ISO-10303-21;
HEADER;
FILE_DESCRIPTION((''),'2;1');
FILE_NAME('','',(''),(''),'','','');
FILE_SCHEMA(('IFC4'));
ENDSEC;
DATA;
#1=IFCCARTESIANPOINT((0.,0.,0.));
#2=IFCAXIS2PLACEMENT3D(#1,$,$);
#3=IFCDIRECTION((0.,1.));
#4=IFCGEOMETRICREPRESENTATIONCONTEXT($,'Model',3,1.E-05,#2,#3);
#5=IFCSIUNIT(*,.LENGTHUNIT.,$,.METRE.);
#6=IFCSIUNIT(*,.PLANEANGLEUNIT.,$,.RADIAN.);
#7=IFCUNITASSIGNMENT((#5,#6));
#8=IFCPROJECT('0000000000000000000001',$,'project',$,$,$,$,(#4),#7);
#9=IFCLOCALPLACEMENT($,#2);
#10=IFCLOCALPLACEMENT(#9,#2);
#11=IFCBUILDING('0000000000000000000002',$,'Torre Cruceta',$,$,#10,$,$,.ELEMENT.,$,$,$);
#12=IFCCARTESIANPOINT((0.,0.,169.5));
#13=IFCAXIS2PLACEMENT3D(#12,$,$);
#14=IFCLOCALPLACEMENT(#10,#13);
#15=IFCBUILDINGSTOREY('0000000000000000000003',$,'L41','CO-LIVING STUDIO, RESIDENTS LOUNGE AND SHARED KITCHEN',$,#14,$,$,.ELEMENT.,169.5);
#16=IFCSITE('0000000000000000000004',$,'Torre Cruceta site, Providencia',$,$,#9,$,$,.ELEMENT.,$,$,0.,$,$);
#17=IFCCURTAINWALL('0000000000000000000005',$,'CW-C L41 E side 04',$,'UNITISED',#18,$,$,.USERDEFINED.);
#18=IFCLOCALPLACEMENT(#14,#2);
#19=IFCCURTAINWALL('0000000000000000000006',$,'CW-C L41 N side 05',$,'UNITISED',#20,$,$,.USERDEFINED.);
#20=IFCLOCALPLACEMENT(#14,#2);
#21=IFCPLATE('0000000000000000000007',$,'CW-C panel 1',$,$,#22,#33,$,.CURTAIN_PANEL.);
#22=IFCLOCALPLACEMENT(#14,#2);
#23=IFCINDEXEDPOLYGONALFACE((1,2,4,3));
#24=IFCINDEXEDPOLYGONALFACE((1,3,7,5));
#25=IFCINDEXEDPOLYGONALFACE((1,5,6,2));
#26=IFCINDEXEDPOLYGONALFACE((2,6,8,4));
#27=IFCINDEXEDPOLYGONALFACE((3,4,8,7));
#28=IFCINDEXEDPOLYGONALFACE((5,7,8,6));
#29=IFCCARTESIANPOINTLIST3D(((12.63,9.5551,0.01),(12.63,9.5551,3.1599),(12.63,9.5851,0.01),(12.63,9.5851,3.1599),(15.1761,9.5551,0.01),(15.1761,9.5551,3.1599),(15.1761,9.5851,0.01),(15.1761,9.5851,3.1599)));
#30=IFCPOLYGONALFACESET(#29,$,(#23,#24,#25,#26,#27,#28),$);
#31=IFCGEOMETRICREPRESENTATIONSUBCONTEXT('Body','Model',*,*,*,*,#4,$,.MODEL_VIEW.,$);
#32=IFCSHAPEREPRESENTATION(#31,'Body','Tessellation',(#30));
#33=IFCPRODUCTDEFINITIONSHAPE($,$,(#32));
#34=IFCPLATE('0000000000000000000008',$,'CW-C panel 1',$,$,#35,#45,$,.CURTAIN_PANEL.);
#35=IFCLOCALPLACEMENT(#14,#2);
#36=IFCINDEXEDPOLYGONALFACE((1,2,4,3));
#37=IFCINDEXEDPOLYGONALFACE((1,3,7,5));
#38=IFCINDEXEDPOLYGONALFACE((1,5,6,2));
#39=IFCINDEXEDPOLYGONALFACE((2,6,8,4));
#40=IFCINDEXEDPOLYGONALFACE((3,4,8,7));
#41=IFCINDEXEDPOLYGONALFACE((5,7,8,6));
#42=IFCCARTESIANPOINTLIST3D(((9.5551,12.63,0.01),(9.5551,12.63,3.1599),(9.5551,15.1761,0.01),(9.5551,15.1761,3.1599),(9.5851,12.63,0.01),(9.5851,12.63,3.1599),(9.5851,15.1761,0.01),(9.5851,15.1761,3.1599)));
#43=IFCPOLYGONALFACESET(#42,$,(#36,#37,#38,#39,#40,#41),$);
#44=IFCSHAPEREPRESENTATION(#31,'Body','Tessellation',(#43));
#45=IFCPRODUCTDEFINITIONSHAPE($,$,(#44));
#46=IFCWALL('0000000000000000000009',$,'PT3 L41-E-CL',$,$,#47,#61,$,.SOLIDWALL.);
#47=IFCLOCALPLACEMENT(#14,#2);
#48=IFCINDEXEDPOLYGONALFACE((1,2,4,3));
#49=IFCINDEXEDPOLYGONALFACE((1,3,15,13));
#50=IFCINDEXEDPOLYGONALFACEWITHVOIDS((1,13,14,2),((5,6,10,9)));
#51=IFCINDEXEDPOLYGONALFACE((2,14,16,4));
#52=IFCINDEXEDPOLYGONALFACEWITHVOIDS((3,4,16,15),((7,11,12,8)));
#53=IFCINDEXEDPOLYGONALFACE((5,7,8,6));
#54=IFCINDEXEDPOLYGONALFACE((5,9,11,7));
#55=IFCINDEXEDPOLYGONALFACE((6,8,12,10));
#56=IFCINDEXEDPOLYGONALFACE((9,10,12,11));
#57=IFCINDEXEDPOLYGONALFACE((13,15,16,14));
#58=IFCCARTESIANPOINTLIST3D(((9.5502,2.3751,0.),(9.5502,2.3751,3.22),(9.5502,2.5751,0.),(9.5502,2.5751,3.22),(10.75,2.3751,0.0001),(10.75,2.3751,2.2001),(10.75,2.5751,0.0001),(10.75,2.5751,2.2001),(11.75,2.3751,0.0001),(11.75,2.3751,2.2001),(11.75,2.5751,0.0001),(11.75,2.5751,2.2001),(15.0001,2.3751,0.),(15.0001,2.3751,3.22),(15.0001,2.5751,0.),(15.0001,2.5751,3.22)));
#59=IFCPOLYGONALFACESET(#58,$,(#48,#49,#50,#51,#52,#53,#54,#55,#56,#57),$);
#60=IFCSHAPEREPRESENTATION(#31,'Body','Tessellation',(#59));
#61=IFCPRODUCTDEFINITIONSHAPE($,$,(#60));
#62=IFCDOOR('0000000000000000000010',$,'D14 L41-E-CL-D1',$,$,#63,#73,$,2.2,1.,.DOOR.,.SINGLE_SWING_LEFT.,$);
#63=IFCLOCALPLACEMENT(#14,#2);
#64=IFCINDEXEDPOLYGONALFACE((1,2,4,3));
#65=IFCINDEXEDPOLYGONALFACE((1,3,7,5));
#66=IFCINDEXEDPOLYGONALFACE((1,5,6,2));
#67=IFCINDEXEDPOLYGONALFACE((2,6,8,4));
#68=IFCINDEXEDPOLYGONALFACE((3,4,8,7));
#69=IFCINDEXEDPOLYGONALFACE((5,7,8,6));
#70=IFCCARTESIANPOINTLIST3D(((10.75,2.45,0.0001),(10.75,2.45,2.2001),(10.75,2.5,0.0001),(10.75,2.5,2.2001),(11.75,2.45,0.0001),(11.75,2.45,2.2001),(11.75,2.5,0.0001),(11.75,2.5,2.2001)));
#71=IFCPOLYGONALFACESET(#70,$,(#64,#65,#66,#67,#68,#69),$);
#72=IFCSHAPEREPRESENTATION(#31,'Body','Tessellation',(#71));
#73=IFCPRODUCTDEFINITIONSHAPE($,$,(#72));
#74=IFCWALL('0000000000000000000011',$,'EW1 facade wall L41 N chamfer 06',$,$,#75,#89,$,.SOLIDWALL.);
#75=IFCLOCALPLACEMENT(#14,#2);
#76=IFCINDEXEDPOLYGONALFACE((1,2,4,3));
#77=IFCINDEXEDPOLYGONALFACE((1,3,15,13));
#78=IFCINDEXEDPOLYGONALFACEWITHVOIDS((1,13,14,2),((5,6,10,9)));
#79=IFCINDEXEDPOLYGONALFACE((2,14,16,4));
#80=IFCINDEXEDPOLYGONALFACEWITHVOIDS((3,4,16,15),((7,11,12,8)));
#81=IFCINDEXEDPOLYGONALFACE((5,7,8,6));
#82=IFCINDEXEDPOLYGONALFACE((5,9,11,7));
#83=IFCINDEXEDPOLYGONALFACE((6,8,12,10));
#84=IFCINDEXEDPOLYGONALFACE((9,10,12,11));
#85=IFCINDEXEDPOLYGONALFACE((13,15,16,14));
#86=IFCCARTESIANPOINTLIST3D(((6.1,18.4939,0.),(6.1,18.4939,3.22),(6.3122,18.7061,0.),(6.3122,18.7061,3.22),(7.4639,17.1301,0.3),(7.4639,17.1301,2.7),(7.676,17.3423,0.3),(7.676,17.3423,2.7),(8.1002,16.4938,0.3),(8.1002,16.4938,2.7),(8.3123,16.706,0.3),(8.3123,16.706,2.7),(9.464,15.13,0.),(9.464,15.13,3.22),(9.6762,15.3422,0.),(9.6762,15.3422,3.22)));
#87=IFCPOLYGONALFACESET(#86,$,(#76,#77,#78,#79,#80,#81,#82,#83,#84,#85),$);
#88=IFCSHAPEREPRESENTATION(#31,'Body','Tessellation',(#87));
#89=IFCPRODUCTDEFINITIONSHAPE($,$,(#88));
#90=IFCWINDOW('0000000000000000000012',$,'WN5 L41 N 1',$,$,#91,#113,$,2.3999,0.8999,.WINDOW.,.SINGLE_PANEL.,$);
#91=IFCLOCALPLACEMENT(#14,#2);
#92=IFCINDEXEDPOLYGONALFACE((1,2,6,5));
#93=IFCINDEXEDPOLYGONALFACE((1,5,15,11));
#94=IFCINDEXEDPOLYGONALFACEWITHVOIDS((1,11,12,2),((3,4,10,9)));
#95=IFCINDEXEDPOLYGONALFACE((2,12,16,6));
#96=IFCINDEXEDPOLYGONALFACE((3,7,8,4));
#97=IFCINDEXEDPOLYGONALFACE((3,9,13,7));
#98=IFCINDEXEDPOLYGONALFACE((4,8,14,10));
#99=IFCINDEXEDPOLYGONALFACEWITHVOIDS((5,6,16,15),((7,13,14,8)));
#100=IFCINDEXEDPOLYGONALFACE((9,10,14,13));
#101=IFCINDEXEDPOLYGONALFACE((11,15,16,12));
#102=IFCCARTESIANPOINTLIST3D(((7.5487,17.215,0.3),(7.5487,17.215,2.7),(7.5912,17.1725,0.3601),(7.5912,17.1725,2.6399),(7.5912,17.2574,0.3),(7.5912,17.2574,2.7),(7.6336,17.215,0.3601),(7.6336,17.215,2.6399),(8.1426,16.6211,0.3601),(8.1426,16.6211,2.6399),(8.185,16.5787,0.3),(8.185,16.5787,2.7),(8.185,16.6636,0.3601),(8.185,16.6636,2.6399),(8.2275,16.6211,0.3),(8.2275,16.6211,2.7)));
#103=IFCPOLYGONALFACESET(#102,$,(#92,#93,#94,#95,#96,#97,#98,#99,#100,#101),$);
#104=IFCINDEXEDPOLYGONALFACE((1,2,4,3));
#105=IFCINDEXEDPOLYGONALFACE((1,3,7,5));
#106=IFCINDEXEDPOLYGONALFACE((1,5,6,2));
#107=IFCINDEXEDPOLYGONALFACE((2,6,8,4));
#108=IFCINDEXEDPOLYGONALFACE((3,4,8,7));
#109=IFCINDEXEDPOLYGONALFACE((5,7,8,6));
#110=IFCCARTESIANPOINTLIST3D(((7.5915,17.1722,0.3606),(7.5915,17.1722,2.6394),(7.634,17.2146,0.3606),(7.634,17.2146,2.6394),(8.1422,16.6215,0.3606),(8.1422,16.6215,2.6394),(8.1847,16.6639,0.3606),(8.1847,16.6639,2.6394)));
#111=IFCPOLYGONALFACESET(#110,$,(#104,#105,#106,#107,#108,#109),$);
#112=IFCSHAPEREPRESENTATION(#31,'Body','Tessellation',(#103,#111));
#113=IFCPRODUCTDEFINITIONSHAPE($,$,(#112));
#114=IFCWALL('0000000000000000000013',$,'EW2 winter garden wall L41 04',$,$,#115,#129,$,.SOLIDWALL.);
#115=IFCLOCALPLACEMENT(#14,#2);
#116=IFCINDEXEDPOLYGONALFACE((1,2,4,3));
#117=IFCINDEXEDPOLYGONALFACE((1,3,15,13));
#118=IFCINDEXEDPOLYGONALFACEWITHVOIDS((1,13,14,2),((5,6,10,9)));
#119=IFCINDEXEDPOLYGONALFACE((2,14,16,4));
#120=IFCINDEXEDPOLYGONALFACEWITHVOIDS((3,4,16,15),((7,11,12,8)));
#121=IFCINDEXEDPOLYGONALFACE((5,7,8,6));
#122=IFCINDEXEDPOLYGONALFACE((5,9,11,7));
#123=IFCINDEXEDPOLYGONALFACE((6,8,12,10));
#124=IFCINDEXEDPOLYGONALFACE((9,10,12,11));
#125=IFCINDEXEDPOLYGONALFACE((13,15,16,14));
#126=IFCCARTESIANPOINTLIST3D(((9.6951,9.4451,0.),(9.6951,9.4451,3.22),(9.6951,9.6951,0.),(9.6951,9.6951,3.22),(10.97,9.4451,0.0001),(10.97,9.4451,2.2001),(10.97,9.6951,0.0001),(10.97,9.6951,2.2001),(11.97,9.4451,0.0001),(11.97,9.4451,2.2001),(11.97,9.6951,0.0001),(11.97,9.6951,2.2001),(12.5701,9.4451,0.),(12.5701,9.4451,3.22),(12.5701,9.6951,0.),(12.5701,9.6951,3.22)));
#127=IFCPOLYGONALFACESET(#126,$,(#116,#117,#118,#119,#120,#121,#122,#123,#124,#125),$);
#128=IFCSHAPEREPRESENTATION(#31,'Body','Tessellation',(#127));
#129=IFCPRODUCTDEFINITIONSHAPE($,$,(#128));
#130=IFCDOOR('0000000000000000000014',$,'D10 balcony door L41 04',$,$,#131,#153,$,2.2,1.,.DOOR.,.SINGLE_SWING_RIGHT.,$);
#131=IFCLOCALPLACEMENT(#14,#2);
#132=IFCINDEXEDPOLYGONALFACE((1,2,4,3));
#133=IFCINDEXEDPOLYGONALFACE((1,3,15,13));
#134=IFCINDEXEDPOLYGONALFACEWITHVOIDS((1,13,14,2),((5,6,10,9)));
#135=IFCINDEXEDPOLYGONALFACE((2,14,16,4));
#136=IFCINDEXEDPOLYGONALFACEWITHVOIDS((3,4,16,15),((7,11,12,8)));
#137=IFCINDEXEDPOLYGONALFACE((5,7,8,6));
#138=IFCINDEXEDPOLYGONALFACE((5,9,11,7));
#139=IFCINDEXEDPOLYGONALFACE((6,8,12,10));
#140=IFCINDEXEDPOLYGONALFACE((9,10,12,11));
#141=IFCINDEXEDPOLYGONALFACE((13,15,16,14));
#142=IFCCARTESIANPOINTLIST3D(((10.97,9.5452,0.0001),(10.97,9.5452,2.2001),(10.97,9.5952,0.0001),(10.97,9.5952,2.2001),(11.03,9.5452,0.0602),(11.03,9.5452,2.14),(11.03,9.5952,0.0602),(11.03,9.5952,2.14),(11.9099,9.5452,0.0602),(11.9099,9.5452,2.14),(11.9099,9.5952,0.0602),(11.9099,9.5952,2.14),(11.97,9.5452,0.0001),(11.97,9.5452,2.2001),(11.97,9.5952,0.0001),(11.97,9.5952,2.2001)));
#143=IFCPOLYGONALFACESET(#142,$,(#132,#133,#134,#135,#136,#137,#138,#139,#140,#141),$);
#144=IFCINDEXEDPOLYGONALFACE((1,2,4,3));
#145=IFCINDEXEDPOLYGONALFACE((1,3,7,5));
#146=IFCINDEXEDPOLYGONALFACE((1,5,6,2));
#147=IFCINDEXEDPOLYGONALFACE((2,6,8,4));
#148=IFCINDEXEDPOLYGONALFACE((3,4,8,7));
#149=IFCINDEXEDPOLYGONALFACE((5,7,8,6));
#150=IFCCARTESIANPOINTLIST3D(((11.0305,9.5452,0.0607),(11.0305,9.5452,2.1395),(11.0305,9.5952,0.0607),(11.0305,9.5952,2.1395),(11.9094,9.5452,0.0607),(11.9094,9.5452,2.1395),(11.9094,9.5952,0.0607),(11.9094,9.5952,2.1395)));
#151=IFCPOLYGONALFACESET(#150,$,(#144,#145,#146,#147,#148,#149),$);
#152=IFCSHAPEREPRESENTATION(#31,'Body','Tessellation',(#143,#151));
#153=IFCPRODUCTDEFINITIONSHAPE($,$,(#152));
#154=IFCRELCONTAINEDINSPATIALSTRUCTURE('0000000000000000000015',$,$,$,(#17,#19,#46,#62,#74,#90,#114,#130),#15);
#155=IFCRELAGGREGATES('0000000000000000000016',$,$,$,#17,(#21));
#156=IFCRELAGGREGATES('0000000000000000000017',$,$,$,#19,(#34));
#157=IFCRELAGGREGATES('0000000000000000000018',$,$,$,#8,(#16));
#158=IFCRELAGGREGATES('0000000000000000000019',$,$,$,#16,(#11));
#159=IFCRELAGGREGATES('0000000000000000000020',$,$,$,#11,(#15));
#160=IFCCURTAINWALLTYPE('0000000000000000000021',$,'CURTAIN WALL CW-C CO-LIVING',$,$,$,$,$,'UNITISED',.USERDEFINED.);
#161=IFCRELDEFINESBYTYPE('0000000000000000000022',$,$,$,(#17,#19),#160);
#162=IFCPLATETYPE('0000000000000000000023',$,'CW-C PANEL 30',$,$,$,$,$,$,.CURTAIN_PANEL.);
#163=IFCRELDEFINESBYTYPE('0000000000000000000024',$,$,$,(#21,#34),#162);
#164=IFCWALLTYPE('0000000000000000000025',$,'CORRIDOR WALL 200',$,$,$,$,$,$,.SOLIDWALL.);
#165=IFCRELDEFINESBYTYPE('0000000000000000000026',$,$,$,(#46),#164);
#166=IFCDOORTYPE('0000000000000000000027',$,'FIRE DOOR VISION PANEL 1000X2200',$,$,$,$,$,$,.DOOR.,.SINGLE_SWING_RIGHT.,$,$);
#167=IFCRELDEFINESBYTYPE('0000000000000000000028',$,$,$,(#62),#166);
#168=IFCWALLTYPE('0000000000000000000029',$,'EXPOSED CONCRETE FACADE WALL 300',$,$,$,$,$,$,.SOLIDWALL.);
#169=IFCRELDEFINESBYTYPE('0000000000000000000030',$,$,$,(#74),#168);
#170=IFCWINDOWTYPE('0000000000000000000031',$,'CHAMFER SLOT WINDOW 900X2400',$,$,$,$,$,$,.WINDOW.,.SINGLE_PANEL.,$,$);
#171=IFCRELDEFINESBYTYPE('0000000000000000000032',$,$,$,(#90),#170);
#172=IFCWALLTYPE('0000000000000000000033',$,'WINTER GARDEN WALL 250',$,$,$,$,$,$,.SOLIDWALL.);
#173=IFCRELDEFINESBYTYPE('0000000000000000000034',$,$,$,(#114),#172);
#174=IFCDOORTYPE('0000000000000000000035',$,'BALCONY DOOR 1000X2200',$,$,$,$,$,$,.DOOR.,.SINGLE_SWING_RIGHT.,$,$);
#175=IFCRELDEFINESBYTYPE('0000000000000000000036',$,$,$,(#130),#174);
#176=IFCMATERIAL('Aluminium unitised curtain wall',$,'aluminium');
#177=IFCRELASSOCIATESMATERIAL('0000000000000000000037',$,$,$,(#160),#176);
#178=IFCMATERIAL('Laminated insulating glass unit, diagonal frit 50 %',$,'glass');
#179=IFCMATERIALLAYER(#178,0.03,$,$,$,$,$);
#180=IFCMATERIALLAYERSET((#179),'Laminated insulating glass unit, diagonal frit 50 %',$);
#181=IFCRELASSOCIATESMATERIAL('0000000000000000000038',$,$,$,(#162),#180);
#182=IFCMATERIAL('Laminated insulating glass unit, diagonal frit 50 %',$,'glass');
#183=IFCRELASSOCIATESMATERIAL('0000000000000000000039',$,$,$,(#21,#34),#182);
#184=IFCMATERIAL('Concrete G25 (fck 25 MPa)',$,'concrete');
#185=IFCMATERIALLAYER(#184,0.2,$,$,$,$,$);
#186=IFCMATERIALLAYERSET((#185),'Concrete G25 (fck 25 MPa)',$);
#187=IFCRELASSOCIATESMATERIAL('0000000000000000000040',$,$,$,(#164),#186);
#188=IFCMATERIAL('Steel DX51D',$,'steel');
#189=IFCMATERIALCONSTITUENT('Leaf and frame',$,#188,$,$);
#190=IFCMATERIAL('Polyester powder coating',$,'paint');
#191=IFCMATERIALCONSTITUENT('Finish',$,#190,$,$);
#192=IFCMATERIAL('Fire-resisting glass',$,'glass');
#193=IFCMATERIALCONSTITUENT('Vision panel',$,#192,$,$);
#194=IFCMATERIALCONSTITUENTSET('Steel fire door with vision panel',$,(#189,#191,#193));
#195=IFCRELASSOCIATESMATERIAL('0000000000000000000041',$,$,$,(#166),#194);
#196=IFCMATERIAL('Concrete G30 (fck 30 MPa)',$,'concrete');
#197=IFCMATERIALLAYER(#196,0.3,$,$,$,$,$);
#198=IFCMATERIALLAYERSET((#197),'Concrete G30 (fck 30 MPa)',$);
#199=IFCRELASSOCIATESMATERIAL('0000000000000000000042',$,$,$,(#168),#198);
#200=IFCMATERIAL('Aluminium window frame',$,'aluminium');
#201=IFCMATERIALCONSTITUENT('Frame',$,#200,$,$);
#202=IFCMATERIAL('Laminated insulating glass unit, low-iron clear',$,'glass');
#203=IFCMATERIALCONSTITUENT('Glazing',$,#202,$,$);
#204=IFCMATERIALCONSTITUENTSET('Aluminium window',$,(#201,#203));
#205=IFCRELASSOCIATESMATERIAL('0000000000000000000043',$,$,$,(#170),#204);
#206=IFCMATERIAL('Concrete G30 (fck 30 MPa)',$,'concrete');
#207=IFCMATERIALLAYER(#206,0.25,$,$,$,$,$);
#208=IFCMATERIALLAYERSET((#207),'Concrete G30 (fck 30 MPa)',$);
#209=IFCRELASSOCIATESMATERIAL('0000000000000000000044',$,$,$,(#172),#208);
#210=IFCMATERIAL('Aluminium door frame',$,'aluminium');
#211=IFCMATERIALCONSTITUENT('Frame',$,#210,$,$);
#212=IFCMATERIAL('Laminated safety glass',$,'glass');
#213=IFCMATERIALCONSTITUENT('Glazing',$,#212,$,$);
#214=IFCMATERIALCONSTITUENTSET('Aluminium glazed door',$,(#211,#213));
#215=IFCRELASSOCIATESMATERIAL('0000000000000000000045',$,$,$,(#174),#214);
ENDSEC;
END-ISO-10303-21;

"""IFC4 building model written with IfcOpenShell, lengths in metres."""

from ifc_helpers import new_model, si_unit, direction, frame, frame_2d, origin, origin_2d, place, context, subcontext, project, spatial, rectangle, hollow_rectangle, extrude, material, layer, layer_set, constituent, constituent_set, type_object, element, fill, aggregate, save


model = new_model("IFC4")

# Units and contexts
model_context = context("Model", 3, precision=1e-05, world=origin(), true_north=direction((0.0, 1.0)))
body_context = subcontext(model_context, "Body", "Model", "MODEL_VIEW")
ifc_project = project(units=[si_unit("LENGTHUNIT", "METRE"), si_unit("PLANEANGLEUNIT", "RADIAN")], contexts=[model_context])

# Site, building, storey
site_placement = place(None, origin())
site = spatial("IfcSite", under=ifc_project, at=site_placement, Name="Torre Cruceta site, Providencia", CompositionType="ELEMENT", RefElevation=0.0)
building_placement = place(site_placement, origin())
building = spatial("IfcBuilding", under=site, at=building_placement, Name="Torre Cruceta", CompositionType="ELEMENT")
storey_placement = place(building_placement, frame((0.0, 0.0, 169.5)))
storey = spatial("IfcBuildingStorey", under=building, at=storey_placement, Name="L41", Description="CO-LIVING STUDIO, RESIDENTS LOUNGE AND SHARED KITCHEN", CompositionType="ELEMENT", Elevation=169.5)

# Curtain walls
ifc_material_1 = material(Name="Aluminium unitised curtain wall", Category="aluminium")
curtain_wall_type = type_object("IfcCurtainWallType", Name="CURTAIN WALL CW-C CO-LIVING", ElementType="UNITISED", PredefinedType="USERDEFINED", material=ifc_material_1)
curtain_wall_1_placement = place(storey_placement, origin())
curtain_wall_1 = element("IfcCurtainWall", 1, at=curtain_wall_1_placement, inside=storey, type_object=curtain_wall_type, Name="CW-C L41 E side 04", ObjectType="UNITISED", PredefinedType="USERDEFINED")
curtain_wall_2_placement = place(storey_placement, origin())
curtain_wall_2 = element("IfcCurtainWall", 2, at=curtain_wall_2_placement, inside=storey, type_object=curtain_wall_type, Name="CW-C L41 N side 05", ObjectType="UNITISED", PredefinedType="USERDEFINED")

# Plates
ifc_material_2 = material(Name="Laminated insulating glass unit, diagonal frit 50 %", Category="glass")
ifc_material_3 = material(Name="Laminated insulating glass unit, diagonal frit 50 %", Category="glass")
ifc_layer_1 = layer(ifc_material_3, 0.03)
ifc_layer_set_1 = layer_set([ifc_layer_1], Name="Laminated insulating glass unit, diagonal frit 50 %")
plate_type = type_object("IfcPlateType", Name="CW-C PANEL 30", PredefinedType="CURTAIN_PANEL", material=ifc_layer_set_1)
plate_1_placement = place(storey_placement, frame((13.9031, 9.5701, 0.01), z_axis=(0.0, 0.0, 1.0), x_axis=(-1.0, 0.0, 0.0)))
plate_1 = element("IfcPlate", 3, at=plate_1_placement, type_object=plate_type, material=ifc_material_2, Name="CW-C panel 1", PredefinedType="CURTAIN_PANEL", context=body_context, shape_type="SweptSolid", body=[
    extrude(rectangle(XDim=2.5461, YDim=0.03, at=origin_2d()), origin(), (0.0, 0.0, 1.0), 3.1499),
])
aggregate(curtain_wall_1, [plate_1])
plate_2_placement = place(storey_placement, frame((9.5701, 13.9031, 0.01), z_axis=(0.0, 0.0, 1.0), x_axis=(0.0, 1.0, 0.0)))
plate_2 = element("IfcPlate", 4, at=plate_2_placement, type_object=plate_type, material=ifc_material_2, Name="CW-C panel 1", PredefinedType="CURTAIN_PANEL", context=body_context, shape_type="SweptSolid", body=[
    extrude(rectangle(XDim=2.5461, YDim=0.03, at=origin_2d()), origin(), (0.0, 0.0, 1.0), 3.1499),
])
aggregate(curtain_wall_2, [plate_2])

# Wall, opening, door
ifc_material_4 = material(Name="Concrete G25 (fck 25 MPa)", Category="concrete")
ifc_layer_2 = layer(ifc_material_4, 0.2)
ifc_layer_set_2 = layer_set([ifc_layer_2], Name="Concrete G25 (fck 25 MPa)")
wall_type_1 = type_object("IfcWallType", Name="CORRIDOR WALL 200", PredefinedType="SOLIDWALL", material=ifc_layer_set_2)
wall_1_placement = place(storey_placement, frame((9.55, 2.4751, 0.0), z_axis=(0.0, 0.0, 1.0), x_axis=(1.0, 0.0, 0.0)))
wall_1 = element("IfcWall", 5, at=wall_1_placement, inside=storey, type_object=wall_type_1, Name="PT3 L41-E-CL", PredefinedType="SOLIDWALL", context=body_context, shape_type="SweptSolid", body=[
    extrude(rectangle(XDim=5.45, YDim=0.2, at=frame_2d((2.7251, 0.0))), origin(), (0.0, 0.0, 1.0), 3.22),
])
opening_1_placement = place(wall_1_placement, frame((1.2, 0.0, 0.0)))
opening_1 = element("IfcOpeningElement", 6, at=opening_1_placement, cuts=wall_1, PredefinedType="OPENING", context=body_context, shape_type="SweptSolid", body=[
    extrude(rectangle(XDim=1.0, YDim=2.2, at=frame_2d((0.5, 1.1001))), frame((0.0, 0.1099, 0.0), z_axis=(0.0, -1.0, 0.0), x_axis=(1.0, 0.0, 0.0)), (0.0, 0.0, 1.0), 0.22),
])
ifc_material_5 = material(Name="Steel DX51D", Category="steel")
ifc_constituent_1 = constituent(ifc_material_5, Name="Leaf and frame")
ifc_material_6 = material(Name="Polyester powder coating", Category="paint")
ifc_constituent_2 = constituent(ifc_material_6, Name="Finish")
ifc_material_7 = material(Name="Fire-resisting glass", Category="glass")
ifc_constituent_3 = constituent(ifc_material_7, Name="Vision panel")
ifc_constituent_set_1 = constituent_set(constituents=[ifc_constituent_1, ifc_constituent_2, ifc_constituent_3], Name="Steel fire door with vision panel")
door_type_1 = type_object("IfcDoorType", Name="FIRE DOOR VISION PANEL 1000X2200", OperationType="SINGLE_SWING_RIGHT", PredefinedType="DOOR", material=ifc_constituent_set_1)
door_1_placement = place(opening_1_placement, origin())
door_1 = element("IfcDoor", 7, at=door_1_placement, inside=storey, type_object=door_type_1, Name="D14 L41-E-CL-D1", OperationType="SINGLE_SWING_LEFT", OverallHeight=2.2, OverallWidth=1.0, PredefinedType="DOOR", context=body_context, shape_type="SweptSolid", body=[
    extrude(rectangle(XDim=1.0, YDim=2.2, at=frame_2d((0.5, 1.1001))), frame((0.0, 0.0249, 0.0), z_axis=(0.0, -1.0, 0.0), x_axis=(1.0, 0.0, 0.0)), (0.0, 0.0, 1.0), 0.05),
])
fill(opening_1, door_1)
ifc_material_8 = material(Name="Concrete G30 (fck 30 MPa)", Category="concrete")
ifc_layer_3 = layer(ifc_material_8, 0.3)
ifc_layer_set_3 = layer_set([ifc_layer_3], Name="Concrete G30 (fck 30 MPa)")
wall_type_2 = type_object("IfcWallType", Name="EXPOSED CONCRETE FACADE WALL 300", PredefinedType="SOLIDWALL", material=ifc_layer_set_3)

# Wall, opening, window
wall_2_placement = place(storey_placement, frame((9.5701, 15.2361, 0.0), z_axis=(0.0, 0.0, 1.0), x_axis=(-0.707107, 0.707107, 0.0)))
wall_2 = element("IfcWall", 8, at=wall_2_placement, inside=storey, type_object=wall_type_2, Name="EW1 facade wall L41 N chamfer 06", PredefinedType="SOLIDWALL", context=body_context, shape_type="SweptSolid", body=[
    extrude(rectangle(XDim=4.7573, YDim=0.3, at=frame_2d((2.3787, 0.0))), origin(), (0.0, 0.0, 1.0), 3.22),
])
opening_2_placement = place(wall_2_placement, frame((1.9287, 0.0, 0.3)))
opening_2 = element("IfcOpeningElement", 9, at=opening_2_placement, cuts=wall_2, PredefinedType="OPENING", context=body_context, shape_type="SweptSolid", body=[
    extrude(rectangle(XDim=0.8999, YDim=2.3999, at=frame_2d((0.45, 1.2))), frame((0.0, 0.1599, 0.0), z_axis=(0.0, -1.0, 0.0), x_axis=(1.0, 0.0, 0.0)), (0.0, 0.0, 1.0), 0.3201),
])
ifc_material_9 = material(Name="Aluminium window frame", Category="aluminium")
ifc_constituent_4 = constituent(ifc_material_9, Name="Frame")
ifc_material_10 = material(Name="Laminated insulating glass unit, low-iron clear", Category="glass")
ifc_constituent_5 = constituent(ifc_material_10, Name="Glazing")
ifc_constituent_set_2 = constituent_set(constituents=[ifc_constituent_4, ifc_constituent_5], Name="Aluminium window")
window_type = type_object("IfcWindowType", Name="CHAMFER SLOT WINDOW 900X2400", PartitioningType="SINGLE_PANEL", PredefinedType="WINDOW", material=ifc_constituent_set_2)
window_placement = place(opening_2_placement, origin())
window = element("IfcWindow", 10, at=window_placement, inside=storey, type_object=window_type, Name="WN5 L41 N 1", OverallHeight=2.3999, OverallWidth=0.8999, PartitioningType="SINGLE_PANEL", PredefinedType="WINDOW", context=body_context, shape_type="SweptSolid", body=[
    extrude(hollow_rectangle(XDim=0.8999, YDim=2.3999, WallThickness=0.0601, at=frame_2d((0.45, 1.2))), frame((0.0, 0.03, 0.0), z_axis=(0.0, -1.0, 0.0), x_axis=(1.0, 0.0, 0.0)), (0.0, 0.0, 1.0), 0.0601),
    extrude(rectangle(XDim=0.7788, YDim=2.2788, at=frame_2d((0.45, 1.2))), frame((0.0, 0.03, 0.0), z_axis=(0.0, -1.0, 0.0), x_axis=(1.0, 0.0, 0.0)), (0.0, 0.0, 1.0), 0.0601),
])
fill(opening_2, window)

# Wall, opening, door
ifc_material_11 = material(Name="Concrete G30 (fck 30 MPa)", Category="concrete")
ifc_layer_4 = layer(ifc_material_11, 0.25)
ifc_layer_set_4 = layer_set([ifc_layer_4], Name="Concrete G30 (fck 30 MPa)")
wall_type_3 = type_object("IfcWallType", Name="WINTER GARDEN WALL 250", PredefinedType="SOLIDWALL", material=ifc_layer_set_4)
wall_3_placement = place(storey_placement, frame((12.5701, 9.5701, 0.0), z_axis=(0.0, 0.0, 1.0), x_axis=(-1.0, 0.0, 0.0)))
wall_3 = element("IfcWall", 11, at=wall_3_placement, inside=storey, type_object=wall_type_3, Name="EW2 winter garden wall L41 04", PredefinedType="SOLIDWALL", context=body_context, shape_type="SweptSolid", body=[
    extrude(rectangle(XDim=2.875, YDim=0.25, at=frame_2d((1.4375, 0.0))), origin(), (0.0, 0.0, 1.0), 3.22),
])
opening_3_placement = place(wall_3_placement, frame((0.6001, 0.0, 0.0)))
opening_3 = element("IfcOpeningElement", 12, at=opening_3_placement, cuts=wall_3, PredefinedType="OPENING", context=body_context, shape_type="SweptSolid", body=[
    extrude(rectangle(XDim=1.0, YDim=2.2, at=frame_2d((0.5, 1.1001))), frame((0.0, 0.135, 0.0), z_axis=(0.0, -1.0, 0.0), x_axis=(1.0, 0.0, 0.0)), (0.0, 0.0, 1.0), 0.27),
])
ifc_material_12 = material(Name="Aluminium door frame", Category="aluminium")
ifc_constituent_6 = constituent(ifc_material_12, Name="Frame")
ifc_material_13 = material(Name="Laminated safety glass", Category="glass")
ifc_constituent_7 = constituent(ifc_material_13, Name="Glazing")
ifc_constituent_set_3 = constituent_set(constituents=[ifc_constituent_6, ifc_constituent_7], Name="Aluminium glazed door")
door_type_2 = type_object("IfcDoorType", Name="BALCONY DOOR 1000X2200", OperationType="SINGLE_SWING_RIGHT", PredefinedType="DOOR", material=ifc_constituent_set_3)
door_2_placement = place(opening_3_placement, origin())
door_2 = element("IfcDoor", 13, at=door_2_placement, inside=storey, type_object=door_type_2, Name="D10 balcony door L41 04", OperationType="SINGLE_SWING_RIGHT", OverallHeight=2.2, OverallWidth=1.0, PredefinedType="DOOR", context=body_context, shape_type="SweptSolid", body=[
    extrude(hollow_rectangle(XDim=1.0, YDim=2.2, WallThickness=0.0601, at=frame_2d((0.5, 1.1001))), frame((0.0, 0.0249, 0.0), z_axis=(0.0, -1.0, 0.0), x_axis=(1.0, 0.0, 0.0)), (0.0, 0.0, 1.0), 0.05),
    extrude(rectangle(XDim=0.8789, YDim=2.0789, at=frame_2d((0.5, 1.1001))), frame((0.0, 0.0249, 0.0), z_axis=(0.0, -1.0, 0.0), x_axis=(1.0, 0.0, 0.0)), (0.0, 0.0, 1.0), 0.05),
])
fill(opening_3, door_2)

save(model, "model.ifc")
